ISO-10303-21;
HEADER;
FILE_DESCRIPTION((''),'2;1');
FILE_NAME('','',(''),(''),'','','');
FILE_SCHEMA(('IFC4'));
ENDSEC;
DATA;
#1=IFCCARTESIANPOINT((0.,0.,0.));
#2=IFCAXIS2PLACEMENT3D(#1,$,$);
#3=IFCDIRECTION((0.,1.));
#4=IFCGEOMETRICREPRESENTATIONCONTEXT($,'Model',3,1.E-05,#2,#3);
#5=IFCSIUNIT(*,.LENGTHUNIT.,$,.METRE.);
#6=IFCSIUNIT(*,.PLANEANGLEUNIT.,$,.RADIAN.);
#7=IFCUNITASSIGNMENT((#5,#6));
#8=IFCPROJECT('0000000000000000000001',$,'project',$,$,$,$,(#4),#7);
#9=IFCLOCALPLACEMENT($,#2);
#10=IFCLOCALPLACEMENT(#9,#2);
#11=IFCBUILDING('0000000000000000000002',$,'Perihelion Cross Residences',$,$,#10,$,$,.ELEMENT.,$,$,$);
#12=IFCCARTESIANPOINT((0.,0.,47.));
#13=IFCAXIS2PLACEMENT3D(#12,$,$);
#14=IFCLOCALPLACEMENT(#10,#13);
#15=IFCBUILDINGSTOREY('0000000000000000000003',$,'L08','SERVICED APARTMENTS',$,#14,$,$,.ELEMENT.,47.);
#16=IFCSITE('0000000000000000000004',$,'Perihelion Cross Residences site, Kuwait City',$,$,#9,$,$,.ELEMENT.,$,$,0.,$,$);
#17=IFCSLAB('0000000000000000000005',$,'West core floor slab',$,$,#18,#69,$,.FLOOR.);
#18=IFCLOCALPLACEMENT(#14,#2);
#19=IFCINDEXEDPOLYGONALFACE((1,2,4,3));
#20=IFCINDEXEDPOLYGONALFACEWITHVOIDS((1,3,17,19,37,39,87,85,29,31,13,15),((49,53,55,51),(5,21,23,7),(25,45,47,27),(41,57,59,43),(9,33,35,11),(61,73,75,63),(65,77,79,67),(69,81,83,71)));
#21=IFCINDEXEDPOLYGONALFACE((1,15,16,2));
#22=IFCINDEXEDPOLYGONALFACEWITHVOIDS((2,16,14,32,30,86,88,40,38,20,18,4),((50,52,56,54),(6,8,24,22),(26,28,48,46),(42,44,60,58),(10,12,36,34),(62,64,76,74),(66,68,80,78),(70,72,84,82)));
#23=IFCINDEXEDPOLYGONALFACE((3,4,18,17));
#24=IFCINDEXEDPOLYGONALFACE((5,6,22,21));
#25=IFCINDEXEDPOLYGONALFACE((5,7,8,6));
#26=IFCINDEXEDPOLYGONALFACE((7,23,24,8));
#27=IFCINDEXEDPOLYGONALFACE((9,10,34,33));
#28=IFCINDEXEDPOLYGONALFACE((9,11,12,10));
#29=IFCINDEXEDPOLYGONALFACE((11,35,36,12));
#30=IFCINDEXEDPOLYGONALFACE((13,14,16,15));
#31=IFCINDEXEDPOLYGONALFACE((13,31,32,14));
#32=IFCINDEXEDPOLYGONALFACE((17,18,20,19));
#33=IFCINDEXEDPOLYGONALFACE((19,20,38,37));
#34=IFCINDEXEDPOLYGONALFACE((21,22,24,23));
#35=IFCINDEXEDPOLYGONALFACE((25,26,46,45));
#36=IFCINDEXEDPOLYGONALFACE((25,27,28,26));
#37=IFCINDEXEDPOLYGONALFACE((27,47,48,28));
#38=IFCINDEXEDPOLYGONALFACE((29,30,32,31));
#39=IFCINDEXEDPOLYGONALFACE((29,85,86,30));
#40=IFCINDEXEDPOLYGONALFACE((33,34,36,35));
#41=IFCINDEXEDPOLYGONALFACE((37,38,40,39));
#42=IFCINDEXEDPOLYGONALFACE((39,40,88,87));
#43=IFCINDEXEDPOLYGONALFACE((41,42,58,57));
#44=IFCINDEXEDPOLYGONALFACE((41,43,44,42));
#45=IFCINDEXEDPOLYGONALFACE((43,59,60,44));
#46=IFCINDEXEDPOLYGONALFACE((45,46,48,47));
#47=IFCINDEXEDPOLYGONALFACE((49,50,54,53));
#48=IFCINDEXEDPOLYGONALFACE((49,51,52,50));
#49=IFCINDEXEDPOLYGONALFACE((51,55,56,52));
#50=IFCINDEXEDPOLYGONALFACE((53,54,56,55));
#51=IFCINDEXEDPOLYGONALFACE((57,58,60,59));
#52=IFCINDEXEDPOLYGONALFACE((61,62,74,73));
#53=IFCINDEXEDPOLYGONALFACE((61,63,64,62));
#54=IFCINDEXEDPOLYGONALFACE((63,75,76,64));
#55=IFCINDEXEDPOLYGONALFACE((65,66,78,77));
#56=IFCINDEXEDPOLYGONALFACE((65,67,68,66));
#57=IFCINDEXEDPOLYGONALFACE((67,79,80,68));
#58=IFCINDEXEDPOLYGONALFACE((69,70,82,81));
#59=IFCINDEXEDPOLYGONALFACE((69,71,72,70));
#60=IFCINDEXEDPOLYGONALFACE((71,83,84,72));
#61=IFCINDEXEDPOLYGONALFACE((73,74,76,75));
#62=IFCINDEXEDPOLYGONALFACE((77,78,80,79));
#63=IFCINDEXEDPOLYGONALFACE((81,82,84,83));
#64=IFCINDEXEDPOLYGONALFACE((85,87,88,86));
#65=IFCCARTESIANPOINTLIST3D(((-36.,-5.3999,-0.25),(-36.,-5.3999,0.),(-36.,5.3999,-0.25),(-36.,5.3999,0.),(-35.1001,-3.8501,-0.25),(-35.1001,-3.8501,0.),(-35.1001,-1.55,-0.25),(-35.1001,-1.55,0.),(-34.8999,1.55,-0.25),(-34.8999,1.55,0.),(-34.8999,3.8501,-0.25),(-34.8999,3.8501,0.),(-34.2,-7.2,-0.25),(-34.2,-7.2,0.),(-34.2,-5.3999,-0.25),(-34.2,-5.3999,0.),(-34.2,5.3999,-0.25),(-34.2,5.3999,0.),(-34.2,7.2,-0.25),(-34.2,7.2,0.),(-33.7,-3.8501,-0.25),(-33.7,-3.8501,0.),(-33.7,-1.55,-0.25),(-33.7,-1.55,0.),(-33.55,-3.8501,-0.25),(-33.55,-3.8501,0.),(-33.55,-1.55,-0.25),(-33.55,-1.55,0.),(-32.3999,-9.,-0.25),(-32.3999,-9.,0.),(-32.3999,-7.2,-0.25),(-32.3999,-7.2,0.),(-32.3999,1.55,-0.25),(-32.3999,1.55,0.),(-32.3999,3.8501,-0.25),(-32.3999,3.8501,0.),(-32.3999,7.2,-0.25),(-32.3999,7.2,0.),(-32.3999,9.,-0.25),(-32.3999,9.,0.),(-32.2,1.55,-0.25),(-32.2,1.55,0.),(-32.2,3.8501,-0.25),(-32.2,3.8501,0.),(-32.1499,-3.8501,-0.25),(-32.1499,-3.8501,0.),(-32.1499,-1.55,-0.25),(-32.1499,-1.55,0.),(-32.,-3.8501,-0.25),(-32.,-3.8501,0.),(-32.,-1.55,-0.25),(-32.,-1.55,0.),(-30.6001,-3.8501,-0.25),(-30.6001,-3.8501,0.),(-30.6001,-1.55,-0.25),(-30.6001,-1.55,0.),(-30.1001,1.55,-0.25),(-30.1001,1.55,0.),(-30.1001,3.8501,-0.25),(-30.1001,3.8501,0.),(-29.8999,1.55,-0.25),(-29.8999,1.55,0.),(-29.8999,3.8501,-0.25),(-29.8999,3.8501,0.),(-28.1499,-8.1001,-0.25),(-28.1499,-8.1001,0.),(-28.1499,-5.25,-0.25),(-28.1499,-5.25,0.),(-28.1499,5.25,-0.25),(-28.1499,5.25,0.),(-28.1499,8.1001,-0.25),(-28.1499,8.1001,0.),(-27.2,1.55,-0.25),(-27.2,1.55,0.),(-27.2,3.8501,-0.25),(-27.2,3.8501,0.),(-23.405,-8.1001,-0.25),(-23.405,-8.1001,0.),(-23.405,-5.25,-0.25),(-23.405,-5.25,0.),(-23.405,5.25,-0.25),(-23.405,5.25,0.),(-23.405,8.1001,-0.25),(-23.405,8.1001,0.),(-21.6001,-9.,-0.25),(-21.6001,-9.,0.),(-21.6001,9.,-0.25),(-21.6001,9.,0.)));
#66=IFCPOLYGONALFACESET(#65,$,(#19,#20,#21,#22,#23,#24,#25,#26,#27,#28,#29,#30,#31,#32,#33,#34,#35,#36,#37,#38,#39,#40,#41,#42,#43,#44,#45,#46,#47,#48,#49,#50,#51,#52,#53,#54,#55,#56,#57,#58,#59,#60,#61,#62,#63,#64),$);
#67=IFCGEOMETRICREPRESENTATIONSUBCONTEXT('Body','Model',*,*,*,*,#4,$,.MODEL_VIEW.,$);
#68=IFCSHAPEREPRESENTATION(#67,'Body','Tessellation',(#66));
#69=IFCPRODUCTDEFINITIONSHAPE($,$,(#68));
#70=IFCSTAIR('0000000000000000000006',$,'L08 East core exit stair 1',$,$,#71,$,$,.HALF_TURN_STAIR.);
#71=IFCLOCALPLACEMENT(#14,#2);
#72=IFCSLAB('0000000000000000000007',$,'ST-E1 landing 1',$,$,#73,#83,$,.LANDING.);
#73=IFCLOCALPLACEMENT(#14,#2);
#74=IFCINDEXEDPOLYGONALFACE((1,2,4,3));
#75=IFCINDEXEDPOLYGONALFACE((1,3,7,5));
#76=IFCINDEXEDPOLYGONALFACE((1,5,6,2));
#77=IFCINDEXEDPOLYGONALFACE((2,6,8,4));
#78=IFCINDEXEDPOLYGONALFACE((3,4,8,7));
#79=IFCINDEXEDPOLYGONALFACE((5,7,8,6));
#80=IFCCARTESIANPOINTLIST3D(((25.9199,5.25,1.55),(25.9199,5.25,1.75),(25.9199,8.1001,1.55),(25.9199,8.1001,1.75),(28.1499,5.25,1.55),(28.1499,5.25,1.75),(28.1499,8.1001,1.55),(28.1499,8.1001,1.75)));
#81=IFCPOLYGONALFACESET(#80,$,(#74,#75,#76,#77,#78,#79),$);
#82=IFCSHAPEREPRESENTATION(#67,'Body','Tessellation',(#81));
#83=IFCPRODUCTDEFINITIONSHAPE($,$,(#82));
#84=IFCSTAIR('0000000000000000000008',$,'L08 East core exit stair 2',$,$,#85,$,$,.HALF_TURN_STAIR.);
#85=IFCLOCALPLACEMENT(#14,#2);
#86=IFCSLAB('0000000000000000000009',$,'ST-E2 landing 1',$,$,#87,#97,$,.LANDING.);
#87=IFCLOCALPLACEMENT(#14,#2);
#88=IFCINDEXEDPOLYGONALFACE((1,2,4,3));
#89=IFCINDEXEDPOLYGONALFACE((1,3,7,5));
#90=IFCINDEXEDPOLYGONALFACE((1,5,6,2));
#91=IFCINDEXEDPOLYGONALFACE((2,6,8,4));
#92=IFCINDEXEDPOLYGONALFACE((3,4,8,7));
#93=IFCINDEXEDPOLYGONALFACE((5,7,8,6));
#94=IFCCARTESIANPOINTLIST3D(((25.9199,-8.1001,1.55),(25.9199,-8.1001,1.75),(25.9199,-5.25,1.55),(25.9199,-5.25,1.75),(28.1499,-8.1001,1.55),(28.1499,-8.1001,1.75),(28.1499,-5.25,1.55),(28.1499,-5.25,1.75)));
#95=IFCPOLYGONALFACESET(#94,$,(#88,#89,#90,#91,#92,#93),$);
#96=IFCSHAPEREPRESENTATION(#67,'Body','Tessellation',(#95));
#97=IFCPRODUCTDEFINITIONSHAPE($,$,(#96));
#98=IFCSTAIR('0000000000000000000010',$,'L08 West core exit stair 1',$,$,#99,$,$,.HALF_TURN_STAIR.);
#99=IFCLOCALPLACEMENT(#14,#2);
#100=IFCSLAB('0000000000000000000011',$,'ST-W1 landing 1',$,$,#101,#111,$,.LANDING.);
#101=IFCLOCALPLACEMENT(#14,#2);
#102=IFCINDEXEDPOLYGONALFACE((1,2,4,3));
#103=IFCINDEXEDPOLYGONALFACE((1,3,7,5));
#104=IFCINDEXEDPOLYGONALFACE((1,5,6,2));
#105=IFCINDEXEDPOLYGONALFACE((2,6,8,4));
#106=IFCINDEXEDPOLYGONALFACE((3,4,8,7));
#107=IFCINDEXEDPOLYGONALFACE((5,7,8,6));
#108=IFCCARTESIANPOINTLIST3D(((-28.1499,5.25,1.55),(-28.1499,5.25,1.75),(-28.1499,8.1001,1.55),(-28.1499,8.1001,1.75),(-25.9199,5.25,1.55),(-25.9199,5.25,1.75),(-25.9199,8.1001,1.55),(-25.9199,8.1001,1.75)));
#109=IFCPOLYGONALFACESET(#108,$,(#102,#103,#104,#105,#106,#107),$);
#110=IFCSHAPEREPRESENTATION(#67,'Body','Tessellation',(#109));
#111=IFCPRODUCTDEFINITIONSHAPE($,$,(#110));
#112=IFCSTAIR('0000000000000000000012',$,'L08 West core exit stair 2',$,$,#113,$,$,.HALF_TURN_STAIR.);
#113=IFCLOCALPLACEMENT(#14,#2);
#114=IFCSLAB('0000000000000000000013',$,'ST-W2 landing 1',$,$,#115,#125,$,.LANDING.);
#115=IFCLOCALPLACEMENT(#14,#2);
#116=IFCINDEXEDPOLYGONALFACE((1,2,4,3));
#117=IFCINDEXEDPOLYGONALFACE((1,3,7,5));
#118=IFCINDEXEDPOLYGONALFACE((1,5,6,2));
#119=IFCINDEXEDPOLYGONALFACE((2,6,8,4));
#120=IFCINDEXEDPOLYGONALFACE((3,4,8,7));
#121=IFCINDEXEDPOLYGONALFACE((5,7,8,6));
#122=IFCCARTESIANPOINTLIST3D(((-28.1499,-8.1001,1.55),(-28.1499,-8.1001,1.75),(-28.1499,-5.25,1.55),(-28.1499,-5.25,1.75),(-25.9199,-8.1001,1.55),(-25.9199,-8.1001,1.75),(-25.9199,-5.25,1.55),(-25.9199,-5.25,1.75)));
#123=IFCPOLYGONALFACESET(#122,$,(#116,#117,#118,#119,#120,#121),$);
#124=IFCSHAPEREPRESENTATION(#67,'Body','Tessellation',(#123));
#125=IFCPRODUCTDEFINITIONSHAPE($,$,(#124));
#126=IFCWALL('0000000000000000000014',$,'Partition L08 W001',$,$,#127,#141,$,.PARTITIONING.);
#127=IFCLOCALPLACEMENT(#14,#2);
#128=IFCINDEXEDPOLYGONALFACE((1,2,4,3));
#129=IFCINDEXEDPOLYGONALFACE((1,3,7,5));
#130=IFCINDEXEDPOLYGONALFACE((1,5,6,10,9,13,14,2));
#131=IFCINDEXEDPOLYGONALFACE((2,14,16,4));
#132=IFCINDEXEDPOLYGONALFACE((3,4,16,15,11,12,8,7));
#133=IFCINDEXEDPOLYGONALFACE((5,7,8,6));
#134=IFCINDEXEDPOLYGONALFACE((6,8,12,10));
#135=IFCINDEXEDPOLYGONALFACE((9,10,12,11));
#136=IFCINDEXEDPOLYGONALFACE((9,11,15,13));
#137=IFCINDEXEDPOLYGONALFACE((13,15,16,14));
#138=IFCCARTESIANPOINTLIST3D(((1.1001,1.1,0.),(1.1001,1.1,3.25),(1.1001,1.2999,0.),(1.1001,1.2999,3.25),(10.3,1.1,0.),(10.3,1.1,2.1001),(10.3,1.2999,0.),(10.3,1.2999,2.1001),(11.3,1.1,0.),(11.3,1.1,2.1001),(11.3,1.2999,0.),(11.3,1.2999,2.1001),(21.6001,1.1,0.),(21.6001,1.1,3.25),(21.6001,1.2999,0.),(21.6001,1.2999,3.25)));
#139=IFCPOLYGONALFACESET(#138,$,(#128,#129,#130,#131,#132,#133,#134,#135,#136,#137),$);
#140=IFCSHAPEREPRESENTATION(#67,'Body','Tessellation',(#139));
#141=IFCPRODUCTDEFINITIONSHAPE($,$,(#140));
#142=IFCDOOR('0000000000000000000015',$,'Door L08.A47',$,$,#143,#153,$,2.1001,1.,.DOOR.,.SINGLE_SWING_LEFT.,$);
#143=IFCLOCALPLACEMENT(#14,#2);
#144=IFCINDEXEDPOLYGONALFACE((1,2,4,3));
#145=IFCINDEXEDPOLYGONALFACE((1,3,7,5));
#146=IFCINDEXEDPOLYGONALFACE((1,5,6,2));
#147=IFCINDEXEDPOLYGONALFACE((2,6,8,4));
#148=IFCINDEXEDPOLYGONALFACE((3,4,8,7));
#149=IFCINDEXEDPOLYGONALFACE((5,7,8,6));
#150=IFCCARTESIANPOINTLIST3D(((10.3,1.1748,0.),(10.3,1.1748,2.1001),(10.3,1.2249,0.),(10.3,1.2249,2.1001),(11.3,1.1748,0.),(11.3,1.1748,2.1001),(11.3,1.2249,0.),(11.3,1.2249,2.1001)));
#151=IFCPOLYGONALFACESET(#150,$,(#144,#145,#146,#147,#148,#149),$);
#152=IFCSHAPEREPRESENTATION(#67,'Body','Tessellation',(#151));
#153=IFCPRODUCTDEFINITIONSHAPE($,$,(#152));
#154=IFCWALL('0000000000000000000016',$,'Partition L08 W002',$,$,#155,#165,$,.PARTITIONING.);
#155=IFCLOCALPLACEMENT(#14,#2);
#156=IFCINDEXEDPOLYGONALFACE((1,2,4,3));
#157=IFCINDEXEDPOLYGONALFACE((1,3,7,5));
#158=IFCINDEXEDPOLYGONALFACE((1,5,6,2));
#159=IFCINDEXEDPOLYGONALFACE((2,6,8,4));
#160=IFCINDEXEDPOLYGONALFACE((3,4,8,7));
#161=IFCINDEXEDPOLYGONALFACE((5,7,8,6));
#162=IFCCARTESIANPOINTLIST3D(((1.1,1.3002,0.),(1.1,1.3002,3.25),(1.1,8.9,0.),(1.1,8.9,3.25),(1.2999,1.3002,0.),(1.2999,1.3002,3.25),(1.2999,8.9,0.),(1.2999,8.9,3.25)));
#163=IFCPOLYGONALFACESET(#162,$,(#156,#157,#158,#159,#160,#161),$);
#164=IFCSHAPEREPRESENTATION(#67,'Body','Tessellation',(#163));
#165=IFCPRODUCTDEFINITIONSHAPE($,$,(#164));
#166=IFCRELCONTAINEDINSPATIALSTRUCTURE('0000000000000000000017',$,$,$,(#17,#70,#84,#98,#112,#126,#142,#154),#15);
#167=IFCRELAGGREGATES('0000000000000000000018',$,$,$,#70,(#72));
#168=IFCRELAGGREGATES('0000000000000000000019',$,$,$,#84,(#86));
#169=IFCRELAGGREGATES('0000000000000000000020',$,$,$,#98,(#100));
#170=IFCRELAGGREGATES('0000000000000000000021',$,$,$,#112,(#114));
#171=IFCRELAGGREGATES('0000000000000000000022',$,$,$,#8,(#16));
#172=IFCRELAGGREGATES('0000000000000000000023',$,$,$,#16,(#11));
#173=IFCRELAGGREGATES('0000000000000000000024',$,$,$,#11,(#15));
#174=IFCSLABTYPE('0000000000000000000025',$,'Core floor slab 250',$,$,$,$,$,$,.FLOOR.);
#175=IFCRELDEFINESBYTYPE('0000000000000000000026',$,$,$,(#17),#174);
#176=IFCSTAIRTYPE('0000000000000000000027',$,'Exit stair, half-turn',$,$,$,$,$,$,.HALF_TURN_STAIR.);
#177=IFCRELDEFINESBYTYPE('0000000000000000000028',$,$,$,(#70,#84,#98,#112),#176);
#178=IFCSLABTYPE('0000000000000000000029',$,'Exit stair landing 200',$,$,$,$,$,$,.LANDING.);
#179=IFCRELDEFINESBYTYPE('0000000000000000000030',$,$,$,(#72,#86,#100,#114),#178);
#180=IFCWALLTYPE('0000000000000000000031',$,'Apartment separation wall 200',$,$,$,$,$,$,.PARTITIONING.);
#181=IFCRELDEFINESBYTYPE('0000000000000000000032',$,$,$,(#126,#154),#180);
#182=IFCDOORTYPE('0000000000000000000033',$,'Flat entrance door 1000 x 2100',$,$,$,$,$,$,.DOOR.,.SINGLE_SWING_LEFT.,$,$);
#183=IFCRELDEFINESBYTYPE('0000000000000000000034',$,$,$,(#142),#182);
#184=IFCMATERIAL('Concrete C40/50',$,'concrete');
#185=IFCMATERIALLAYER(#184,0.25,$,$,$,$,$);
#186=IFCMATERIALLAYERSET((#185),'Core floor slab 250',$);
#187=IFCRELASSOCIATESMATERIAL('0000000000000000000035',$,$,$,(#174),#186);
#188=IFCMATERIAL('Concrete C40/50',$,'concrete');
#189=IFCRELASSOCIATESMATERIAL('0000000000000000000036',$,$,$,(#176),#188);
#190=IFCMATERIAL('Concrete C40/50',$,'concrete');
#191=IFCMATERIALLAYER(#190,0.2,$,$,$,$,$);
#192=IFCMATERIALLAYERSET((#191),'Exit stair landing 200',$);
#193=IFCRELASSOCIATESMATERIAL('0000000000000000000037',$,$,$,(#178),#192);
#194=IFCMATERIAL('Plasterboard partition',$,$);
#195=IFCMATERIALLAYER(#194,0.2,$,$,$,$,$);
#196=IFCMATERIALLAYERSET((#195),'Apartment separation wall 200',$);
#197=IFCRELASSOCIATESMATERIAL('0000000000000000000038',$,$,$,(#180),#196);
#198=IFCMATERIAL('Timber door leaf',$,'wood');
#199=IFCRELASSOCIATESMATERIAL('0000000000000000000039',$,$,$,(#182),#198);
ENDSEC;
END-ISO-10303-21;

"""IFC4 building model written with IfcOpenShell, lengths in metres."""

from ifc_helpers import new_model, si_unit, direction, frame, frame_2d, origin, place, context, subcontext, project, spatial, polyline, rectangle, outline, extrude, material, layer, layer_set, type_object, element, fill, aggregate, save


model = new_model("IFC4")

# Units and contexts
model_context = context("Model", 3, precision=1e-05, world=origin(), true_north=direction((0.0, 1.0)))
body_context = subcontext(model_context, "Body", "Model", "MODEL_VIEW")
ifc_project = project(units=[si_unit("LENGTHUNIT", "METRE"), si_unit("PLANEANGLEUNIT", "RADIAN")], contexts=[model_context])

# Site, building, storey
site_placement = place(None, origin())
site = spatial("IfcSite", under=ifc_project, at=site_placement, Name="Perihelion Cross Residences site, Kuwait City", CompositionType="ELEMENT", RefElevation=0.0)
building_placement = place(site_placement, origin())
building = spatial("IfcBuilding", under=site, at=building_placement, Name="Perihelion Cross Residences", CompositionType="ELEMENT")
storey_placement = place(building_placement, frame((0.0, 0.0, 47.0)))
storey = spatial("IfcBuildingStorey", under=building, at=storey_placement, Name="L08", Description="SERVICED APARTMENTS", CompositionType="ELEMENT", Elevation=47.0)

# Slab
ifc_material_1 = material(Name="Concrete C40/50", Category="concrete")
ifc_layer_1 = layer(ifc_material_1, 0.25)
ifc_layer_set_1 = layer_set([ifc_layer_1], Name="Core floor slab 250")
slab_type_1 = type_object("IfcSlabType", Name="Core floor slab 250", PredefinedType="FLOOR", material=ifc_layer_set_1)
slab_1_placement = place(storey_placement, frame((0.0, 0.0, -0.25)))
element("IfcSlab", 1, at=slab_1_placement, inside=storey, type_object=slab_type_1, Name="West core floor slab", PredefinedType="FLOOR", context=body_context, shape_type="SweptSolid", body=[
    extrude(outline(polyline([(-32.3999, 7.2), (-34.2, 7.2), (-34.2, 5.3999), (-36.0, 5.3999), (-36.0, -5.3999), (-34.2, -5.3999), (-34.2, -7.2), (-32.3999, -7.2), (-32.3999, -9.0), (-21.6001, -9.0), (-21.6001, 9.0), (-32.3999, 9.0), (-32.3999, 7.2)]), holes=[polyline([(-23.405, -8.1001), (-28.1499, -8.1001), (-28.1499, -5.25), (-23.405, -5.25), (-23.405, -8.1001)]), polyline([(-30.6001, -1.55), (-30.6001, -3.8501), (-32.0, -3.8501), (-32.0, -1.55), (-30.6001, -1.55)]), polyline([(-32.1499, -1.55), (-32.1499, -3.8501), (-33.55, -3.8501), (-33.55, -1.55), (-32.1499, -1.55)]), polyline([(-33.7, -1.55), (-33.7, -3.8501), (-35.1001, -3.8501), (-35.1001, -1.55), (-33.7, -1.55)]), polyline([(-27.2, 3.8501), (-27.2, 1.55), (-29.8999, 1.55), (-29.8999, 3.8501), (-27.2, 3.8501)]), polyline([(-30.1001, 3.8501), (-30.1001, 1.55), (-32.2, 1.55), (-32.2, 3.8501), (-30.1001, 3.8501)]), polyline([(-32.3999, 3.8501), (-32.3999, 1.55), (-34.8999, 1.55), (-34.8999, 3.8501), (-32.3999, 3.8501)]), polyline([(-23.405, 5.25), (-28.1499, 5.25), (-28.1499, 8.1001), (-23.405, 8.1001), (-23.405, 5.25)])]), origin(), (0.0, 0.0, 1.0), 0.25),
])

# Stairs, slabs
ifc_material_2 = material(Name="Concrete C40/50", Category="concrete")
stair_type = type_object("IfcStairType", Name="Exit stair, half-turn", PredefinedType="HALF_TURN_STAIR", material=ifc_material_2)
stair_1_placement = place(storey_placement, origin())
stair_1 = element("IfcStair", 2, at=stair_1_placement, inside=storey, type_object=stair_type, Name="L08 East core exit stair 1", PredefinedType="HALF_TURN_STAIR")
ifc_material_3 = material(Name="Concrete C40/50", Category="concrete")
ifc_layer_2 = layer(ifc_material_3, 0.2)
ifc_layer_set_2 = layer_set([ifc_layer_2], Name="Exit stair landing 200")
slab_type_2 = type_object("IfcSlabType", Name="Exit stair landing 200", PredefinedType="LANDING", material=ifc_layer_set_2)
slab_2_placement = place(storey_placement, frame((0.0, 0.0, 1.55)))
slab_2 = element("IfcSlab", 3, at=slab_2_placement, type_object=slab_type_2, Name="ST-E1 landing 1", PredefinedType="LANDING", context=body_context, shape_type="SweptSolid", body=[
    extrude(outline(polyline([(25.9199, 5.25), (28.1499, 5.25), (28.1499, 8.1001), (25.9199, 8.1001), (25.9199, 5.25)])), origin(), (0.0, 0.0, 1.0), 0.2),
])
aggregate(stair_1, [slab_2])
stair_2_placement = place(storey_placement, origin())
stair_2 = element("IfcStair", 4, at=stair_2_placement, inside=storey, type_object=stair_type, Name="L08 East core exit stair 2", PredefinedType="HALF_TURN_STAIR")
slab_3_placement = place(storey_placement, frame((0.0, 0.0, 1.55)))
slab_3 = element("IfcSlab", 5, at=slab_3_placement, type_object=slab_type_2, Name="ST-E2 landing 1", PredefinedType="LANDING", context=body_context, shape_type="SweptSolid", body=[
    extrude(outline(polyline([(25.9199, -8.1001), (28.1499, -8.1001), (28.1499, -5.25), (25.9199, -5.25), (25.9199, -8.1001)])), origin(), (0.0, 0.0, 1.0), 0.2),
])
aggregate(stair_2, [slab_3])
stair_3_placement = place(storey_placement, origin())
stair_3 = element("IfcStair", 6, at=stair_3_placement, inside=storey, type_object=stair_type, Name="L08 West core exit stair 1", PredefinedType="HALF_TURN_STAIR")
slab_4_placement = place(storey_placement, frame((0.0, 0.0, 1.55)))
slab_4 = element("IfcSlab", 7, at=slab_4_placement, type_object=slab_type_2, Name="ST-W1 landing 1", PredefinedType="LANDING", context=body_context, shape_type="SweptSolid", body=[
    extrude(outline(polyline([(-25.9199, 8.1001), (-28.1499, 8.1001), (-28.1499, 5.25), (-25.9199, 5.25), (-25.9199, 8.1001)])), origin(), (0.0, 0.0, 1.0), 0.2),
])
aggregate(stair_3, [slab_4])
stair_4_placement = place(storey_placement, origin())
stair_4 = element("IfcStair", 8, at=stair_4_placement, inside=storey, type_object=stair_type, Name="L08 West core exit stair 2", PredefinedType="HALF_TURN_STAIR")
slab_5_placement = place(storey_placement, frame((0.0, 0.0, 1.55)))
slab_5 = element("IfcSlab", 9, at=slab_5_placement, type_object=slab_type_2, Name="ST-W2 landing 1", PredefinedType="LANDING", context=body_context, shape_type="SweptSolid", body=[
    extrude(outline(polyline([(-25.9199, -5.25), (-28.1499, -5.25), (-28.1499, -8.1001), (-25.9199, -8.1001), (-25.9199, -5.25)])), origin(), (0.0, 0.0, 1.0), 0.2),
])
aggregate(stair_4, [slab_5])

# Wall, opening, door
ifc_material_4 = material(Name="Plasterboard partition")
ifc_layer_3 = layer(ifc_material_4, 0.2)
ifc_layer_set_3 = layer_set([ifc_layer_3], Name="Apartment separation wall 200")
wall_type_1 = type_object("IfcWallType", Name="Apartment separation wall 200", PredefinedType="PARTITIONING", material=ifc_layer_set_3)
wall_1_placement = place(storey_placement, frame((1.1001, 1.2, 0.0), z_axis=(0.0, 0.0, 1.0), x_axis=(1.0, 0.0, 0.0)))
wall_1 = element("IfcWall", 10, at=wall_1_placement, inside=storey, type_object=wall_type_1, Name="Partition L08 W001", PredefinedType="PARTITIONING", context=body_context, shape_type="SweptSolid", body=[
    extrude(rectangle(XDim=20.5, YDim=0.2, at=frame_2d((10.25, 0.0))), origin(), (0.0, 0.0, 1.0), 3.25),
])
opening_1_placement = place(wall_1_placement, frame((9.2, 0.0, 0.0)))
opening_1 = element("IfcOpeningElement", 11, at=opening_1_placement, cuts=wall_1, PredefinedType="OPENING", context=body_context, shape_type="SweptSolid", body=[
    extrude(rectangle(XDim=1.0, YDim=2.1001, at=frame_2d((0.5, 1.05))), frame((0.0, 0.1099, 0.0), z_axis=(0.0, -1.0, 0.0), x_axis=(1.0, 0.0, 0.0)), (0.0, 0.0, 1.0), 0.22),
])
ifc_material_5 = material(Name="Timber door leaf", Category="wood")
door_type_1 = type_object("IfcDoorType", Name="Flat entrance door 1000 x 2100", OperationType="SINGLE_SWING_LEFT", PredefinedType="DOOR", material=ifc_material_5)
door_1_placement = place(opening_1_placement, origin())
door_1 = element("IfcDoor", 12, at=door_1_placement, inside=storey, type_object=door_type_1, Name="Door L08.A47", OperationType="SINGLE_SWING_LEFT", OverallHeight=2.1001, OverallWidth=1.0, PredefinedType="DOOR", context=body_context, shape_type="SweptSolid", body=[
    extrude(rectangle(XDim=1.0, YDim=2.1001, at=frame_2d((0.5, 1.05))), frame((0.0, 0.0249, 0.0), z_axis=(0.0, -1.0, 0.0), x_axis=(1.0, 0.0, 0.0)), (0.0, 0.0, 1.0), 0.05),
])
fill(opening_1, door_1)

# Wall
wall_2_placement = place(storey_placement, frame((1.2, 8.8999, 0.0), z_axis=(0.0, 0.0, 1.0), x_axis=(0.0, -1.0, 0.0)))
element("IfcWall", 13, at=wall_2_placement, inside=storey, type_object=wall_type_1, Name="Partition L08 W002", PredefinedType="PARTITIONING", context=body_context, shape_type="SweptSolid", body=[
    extrude(rectangle(XDim=7.5999, YDim=0.2, at=frame_2d((3.7998, 0.0))), origin(), (0.0, 0.0, 1.0), 3.25),
])

save(model, "model.ifc")
